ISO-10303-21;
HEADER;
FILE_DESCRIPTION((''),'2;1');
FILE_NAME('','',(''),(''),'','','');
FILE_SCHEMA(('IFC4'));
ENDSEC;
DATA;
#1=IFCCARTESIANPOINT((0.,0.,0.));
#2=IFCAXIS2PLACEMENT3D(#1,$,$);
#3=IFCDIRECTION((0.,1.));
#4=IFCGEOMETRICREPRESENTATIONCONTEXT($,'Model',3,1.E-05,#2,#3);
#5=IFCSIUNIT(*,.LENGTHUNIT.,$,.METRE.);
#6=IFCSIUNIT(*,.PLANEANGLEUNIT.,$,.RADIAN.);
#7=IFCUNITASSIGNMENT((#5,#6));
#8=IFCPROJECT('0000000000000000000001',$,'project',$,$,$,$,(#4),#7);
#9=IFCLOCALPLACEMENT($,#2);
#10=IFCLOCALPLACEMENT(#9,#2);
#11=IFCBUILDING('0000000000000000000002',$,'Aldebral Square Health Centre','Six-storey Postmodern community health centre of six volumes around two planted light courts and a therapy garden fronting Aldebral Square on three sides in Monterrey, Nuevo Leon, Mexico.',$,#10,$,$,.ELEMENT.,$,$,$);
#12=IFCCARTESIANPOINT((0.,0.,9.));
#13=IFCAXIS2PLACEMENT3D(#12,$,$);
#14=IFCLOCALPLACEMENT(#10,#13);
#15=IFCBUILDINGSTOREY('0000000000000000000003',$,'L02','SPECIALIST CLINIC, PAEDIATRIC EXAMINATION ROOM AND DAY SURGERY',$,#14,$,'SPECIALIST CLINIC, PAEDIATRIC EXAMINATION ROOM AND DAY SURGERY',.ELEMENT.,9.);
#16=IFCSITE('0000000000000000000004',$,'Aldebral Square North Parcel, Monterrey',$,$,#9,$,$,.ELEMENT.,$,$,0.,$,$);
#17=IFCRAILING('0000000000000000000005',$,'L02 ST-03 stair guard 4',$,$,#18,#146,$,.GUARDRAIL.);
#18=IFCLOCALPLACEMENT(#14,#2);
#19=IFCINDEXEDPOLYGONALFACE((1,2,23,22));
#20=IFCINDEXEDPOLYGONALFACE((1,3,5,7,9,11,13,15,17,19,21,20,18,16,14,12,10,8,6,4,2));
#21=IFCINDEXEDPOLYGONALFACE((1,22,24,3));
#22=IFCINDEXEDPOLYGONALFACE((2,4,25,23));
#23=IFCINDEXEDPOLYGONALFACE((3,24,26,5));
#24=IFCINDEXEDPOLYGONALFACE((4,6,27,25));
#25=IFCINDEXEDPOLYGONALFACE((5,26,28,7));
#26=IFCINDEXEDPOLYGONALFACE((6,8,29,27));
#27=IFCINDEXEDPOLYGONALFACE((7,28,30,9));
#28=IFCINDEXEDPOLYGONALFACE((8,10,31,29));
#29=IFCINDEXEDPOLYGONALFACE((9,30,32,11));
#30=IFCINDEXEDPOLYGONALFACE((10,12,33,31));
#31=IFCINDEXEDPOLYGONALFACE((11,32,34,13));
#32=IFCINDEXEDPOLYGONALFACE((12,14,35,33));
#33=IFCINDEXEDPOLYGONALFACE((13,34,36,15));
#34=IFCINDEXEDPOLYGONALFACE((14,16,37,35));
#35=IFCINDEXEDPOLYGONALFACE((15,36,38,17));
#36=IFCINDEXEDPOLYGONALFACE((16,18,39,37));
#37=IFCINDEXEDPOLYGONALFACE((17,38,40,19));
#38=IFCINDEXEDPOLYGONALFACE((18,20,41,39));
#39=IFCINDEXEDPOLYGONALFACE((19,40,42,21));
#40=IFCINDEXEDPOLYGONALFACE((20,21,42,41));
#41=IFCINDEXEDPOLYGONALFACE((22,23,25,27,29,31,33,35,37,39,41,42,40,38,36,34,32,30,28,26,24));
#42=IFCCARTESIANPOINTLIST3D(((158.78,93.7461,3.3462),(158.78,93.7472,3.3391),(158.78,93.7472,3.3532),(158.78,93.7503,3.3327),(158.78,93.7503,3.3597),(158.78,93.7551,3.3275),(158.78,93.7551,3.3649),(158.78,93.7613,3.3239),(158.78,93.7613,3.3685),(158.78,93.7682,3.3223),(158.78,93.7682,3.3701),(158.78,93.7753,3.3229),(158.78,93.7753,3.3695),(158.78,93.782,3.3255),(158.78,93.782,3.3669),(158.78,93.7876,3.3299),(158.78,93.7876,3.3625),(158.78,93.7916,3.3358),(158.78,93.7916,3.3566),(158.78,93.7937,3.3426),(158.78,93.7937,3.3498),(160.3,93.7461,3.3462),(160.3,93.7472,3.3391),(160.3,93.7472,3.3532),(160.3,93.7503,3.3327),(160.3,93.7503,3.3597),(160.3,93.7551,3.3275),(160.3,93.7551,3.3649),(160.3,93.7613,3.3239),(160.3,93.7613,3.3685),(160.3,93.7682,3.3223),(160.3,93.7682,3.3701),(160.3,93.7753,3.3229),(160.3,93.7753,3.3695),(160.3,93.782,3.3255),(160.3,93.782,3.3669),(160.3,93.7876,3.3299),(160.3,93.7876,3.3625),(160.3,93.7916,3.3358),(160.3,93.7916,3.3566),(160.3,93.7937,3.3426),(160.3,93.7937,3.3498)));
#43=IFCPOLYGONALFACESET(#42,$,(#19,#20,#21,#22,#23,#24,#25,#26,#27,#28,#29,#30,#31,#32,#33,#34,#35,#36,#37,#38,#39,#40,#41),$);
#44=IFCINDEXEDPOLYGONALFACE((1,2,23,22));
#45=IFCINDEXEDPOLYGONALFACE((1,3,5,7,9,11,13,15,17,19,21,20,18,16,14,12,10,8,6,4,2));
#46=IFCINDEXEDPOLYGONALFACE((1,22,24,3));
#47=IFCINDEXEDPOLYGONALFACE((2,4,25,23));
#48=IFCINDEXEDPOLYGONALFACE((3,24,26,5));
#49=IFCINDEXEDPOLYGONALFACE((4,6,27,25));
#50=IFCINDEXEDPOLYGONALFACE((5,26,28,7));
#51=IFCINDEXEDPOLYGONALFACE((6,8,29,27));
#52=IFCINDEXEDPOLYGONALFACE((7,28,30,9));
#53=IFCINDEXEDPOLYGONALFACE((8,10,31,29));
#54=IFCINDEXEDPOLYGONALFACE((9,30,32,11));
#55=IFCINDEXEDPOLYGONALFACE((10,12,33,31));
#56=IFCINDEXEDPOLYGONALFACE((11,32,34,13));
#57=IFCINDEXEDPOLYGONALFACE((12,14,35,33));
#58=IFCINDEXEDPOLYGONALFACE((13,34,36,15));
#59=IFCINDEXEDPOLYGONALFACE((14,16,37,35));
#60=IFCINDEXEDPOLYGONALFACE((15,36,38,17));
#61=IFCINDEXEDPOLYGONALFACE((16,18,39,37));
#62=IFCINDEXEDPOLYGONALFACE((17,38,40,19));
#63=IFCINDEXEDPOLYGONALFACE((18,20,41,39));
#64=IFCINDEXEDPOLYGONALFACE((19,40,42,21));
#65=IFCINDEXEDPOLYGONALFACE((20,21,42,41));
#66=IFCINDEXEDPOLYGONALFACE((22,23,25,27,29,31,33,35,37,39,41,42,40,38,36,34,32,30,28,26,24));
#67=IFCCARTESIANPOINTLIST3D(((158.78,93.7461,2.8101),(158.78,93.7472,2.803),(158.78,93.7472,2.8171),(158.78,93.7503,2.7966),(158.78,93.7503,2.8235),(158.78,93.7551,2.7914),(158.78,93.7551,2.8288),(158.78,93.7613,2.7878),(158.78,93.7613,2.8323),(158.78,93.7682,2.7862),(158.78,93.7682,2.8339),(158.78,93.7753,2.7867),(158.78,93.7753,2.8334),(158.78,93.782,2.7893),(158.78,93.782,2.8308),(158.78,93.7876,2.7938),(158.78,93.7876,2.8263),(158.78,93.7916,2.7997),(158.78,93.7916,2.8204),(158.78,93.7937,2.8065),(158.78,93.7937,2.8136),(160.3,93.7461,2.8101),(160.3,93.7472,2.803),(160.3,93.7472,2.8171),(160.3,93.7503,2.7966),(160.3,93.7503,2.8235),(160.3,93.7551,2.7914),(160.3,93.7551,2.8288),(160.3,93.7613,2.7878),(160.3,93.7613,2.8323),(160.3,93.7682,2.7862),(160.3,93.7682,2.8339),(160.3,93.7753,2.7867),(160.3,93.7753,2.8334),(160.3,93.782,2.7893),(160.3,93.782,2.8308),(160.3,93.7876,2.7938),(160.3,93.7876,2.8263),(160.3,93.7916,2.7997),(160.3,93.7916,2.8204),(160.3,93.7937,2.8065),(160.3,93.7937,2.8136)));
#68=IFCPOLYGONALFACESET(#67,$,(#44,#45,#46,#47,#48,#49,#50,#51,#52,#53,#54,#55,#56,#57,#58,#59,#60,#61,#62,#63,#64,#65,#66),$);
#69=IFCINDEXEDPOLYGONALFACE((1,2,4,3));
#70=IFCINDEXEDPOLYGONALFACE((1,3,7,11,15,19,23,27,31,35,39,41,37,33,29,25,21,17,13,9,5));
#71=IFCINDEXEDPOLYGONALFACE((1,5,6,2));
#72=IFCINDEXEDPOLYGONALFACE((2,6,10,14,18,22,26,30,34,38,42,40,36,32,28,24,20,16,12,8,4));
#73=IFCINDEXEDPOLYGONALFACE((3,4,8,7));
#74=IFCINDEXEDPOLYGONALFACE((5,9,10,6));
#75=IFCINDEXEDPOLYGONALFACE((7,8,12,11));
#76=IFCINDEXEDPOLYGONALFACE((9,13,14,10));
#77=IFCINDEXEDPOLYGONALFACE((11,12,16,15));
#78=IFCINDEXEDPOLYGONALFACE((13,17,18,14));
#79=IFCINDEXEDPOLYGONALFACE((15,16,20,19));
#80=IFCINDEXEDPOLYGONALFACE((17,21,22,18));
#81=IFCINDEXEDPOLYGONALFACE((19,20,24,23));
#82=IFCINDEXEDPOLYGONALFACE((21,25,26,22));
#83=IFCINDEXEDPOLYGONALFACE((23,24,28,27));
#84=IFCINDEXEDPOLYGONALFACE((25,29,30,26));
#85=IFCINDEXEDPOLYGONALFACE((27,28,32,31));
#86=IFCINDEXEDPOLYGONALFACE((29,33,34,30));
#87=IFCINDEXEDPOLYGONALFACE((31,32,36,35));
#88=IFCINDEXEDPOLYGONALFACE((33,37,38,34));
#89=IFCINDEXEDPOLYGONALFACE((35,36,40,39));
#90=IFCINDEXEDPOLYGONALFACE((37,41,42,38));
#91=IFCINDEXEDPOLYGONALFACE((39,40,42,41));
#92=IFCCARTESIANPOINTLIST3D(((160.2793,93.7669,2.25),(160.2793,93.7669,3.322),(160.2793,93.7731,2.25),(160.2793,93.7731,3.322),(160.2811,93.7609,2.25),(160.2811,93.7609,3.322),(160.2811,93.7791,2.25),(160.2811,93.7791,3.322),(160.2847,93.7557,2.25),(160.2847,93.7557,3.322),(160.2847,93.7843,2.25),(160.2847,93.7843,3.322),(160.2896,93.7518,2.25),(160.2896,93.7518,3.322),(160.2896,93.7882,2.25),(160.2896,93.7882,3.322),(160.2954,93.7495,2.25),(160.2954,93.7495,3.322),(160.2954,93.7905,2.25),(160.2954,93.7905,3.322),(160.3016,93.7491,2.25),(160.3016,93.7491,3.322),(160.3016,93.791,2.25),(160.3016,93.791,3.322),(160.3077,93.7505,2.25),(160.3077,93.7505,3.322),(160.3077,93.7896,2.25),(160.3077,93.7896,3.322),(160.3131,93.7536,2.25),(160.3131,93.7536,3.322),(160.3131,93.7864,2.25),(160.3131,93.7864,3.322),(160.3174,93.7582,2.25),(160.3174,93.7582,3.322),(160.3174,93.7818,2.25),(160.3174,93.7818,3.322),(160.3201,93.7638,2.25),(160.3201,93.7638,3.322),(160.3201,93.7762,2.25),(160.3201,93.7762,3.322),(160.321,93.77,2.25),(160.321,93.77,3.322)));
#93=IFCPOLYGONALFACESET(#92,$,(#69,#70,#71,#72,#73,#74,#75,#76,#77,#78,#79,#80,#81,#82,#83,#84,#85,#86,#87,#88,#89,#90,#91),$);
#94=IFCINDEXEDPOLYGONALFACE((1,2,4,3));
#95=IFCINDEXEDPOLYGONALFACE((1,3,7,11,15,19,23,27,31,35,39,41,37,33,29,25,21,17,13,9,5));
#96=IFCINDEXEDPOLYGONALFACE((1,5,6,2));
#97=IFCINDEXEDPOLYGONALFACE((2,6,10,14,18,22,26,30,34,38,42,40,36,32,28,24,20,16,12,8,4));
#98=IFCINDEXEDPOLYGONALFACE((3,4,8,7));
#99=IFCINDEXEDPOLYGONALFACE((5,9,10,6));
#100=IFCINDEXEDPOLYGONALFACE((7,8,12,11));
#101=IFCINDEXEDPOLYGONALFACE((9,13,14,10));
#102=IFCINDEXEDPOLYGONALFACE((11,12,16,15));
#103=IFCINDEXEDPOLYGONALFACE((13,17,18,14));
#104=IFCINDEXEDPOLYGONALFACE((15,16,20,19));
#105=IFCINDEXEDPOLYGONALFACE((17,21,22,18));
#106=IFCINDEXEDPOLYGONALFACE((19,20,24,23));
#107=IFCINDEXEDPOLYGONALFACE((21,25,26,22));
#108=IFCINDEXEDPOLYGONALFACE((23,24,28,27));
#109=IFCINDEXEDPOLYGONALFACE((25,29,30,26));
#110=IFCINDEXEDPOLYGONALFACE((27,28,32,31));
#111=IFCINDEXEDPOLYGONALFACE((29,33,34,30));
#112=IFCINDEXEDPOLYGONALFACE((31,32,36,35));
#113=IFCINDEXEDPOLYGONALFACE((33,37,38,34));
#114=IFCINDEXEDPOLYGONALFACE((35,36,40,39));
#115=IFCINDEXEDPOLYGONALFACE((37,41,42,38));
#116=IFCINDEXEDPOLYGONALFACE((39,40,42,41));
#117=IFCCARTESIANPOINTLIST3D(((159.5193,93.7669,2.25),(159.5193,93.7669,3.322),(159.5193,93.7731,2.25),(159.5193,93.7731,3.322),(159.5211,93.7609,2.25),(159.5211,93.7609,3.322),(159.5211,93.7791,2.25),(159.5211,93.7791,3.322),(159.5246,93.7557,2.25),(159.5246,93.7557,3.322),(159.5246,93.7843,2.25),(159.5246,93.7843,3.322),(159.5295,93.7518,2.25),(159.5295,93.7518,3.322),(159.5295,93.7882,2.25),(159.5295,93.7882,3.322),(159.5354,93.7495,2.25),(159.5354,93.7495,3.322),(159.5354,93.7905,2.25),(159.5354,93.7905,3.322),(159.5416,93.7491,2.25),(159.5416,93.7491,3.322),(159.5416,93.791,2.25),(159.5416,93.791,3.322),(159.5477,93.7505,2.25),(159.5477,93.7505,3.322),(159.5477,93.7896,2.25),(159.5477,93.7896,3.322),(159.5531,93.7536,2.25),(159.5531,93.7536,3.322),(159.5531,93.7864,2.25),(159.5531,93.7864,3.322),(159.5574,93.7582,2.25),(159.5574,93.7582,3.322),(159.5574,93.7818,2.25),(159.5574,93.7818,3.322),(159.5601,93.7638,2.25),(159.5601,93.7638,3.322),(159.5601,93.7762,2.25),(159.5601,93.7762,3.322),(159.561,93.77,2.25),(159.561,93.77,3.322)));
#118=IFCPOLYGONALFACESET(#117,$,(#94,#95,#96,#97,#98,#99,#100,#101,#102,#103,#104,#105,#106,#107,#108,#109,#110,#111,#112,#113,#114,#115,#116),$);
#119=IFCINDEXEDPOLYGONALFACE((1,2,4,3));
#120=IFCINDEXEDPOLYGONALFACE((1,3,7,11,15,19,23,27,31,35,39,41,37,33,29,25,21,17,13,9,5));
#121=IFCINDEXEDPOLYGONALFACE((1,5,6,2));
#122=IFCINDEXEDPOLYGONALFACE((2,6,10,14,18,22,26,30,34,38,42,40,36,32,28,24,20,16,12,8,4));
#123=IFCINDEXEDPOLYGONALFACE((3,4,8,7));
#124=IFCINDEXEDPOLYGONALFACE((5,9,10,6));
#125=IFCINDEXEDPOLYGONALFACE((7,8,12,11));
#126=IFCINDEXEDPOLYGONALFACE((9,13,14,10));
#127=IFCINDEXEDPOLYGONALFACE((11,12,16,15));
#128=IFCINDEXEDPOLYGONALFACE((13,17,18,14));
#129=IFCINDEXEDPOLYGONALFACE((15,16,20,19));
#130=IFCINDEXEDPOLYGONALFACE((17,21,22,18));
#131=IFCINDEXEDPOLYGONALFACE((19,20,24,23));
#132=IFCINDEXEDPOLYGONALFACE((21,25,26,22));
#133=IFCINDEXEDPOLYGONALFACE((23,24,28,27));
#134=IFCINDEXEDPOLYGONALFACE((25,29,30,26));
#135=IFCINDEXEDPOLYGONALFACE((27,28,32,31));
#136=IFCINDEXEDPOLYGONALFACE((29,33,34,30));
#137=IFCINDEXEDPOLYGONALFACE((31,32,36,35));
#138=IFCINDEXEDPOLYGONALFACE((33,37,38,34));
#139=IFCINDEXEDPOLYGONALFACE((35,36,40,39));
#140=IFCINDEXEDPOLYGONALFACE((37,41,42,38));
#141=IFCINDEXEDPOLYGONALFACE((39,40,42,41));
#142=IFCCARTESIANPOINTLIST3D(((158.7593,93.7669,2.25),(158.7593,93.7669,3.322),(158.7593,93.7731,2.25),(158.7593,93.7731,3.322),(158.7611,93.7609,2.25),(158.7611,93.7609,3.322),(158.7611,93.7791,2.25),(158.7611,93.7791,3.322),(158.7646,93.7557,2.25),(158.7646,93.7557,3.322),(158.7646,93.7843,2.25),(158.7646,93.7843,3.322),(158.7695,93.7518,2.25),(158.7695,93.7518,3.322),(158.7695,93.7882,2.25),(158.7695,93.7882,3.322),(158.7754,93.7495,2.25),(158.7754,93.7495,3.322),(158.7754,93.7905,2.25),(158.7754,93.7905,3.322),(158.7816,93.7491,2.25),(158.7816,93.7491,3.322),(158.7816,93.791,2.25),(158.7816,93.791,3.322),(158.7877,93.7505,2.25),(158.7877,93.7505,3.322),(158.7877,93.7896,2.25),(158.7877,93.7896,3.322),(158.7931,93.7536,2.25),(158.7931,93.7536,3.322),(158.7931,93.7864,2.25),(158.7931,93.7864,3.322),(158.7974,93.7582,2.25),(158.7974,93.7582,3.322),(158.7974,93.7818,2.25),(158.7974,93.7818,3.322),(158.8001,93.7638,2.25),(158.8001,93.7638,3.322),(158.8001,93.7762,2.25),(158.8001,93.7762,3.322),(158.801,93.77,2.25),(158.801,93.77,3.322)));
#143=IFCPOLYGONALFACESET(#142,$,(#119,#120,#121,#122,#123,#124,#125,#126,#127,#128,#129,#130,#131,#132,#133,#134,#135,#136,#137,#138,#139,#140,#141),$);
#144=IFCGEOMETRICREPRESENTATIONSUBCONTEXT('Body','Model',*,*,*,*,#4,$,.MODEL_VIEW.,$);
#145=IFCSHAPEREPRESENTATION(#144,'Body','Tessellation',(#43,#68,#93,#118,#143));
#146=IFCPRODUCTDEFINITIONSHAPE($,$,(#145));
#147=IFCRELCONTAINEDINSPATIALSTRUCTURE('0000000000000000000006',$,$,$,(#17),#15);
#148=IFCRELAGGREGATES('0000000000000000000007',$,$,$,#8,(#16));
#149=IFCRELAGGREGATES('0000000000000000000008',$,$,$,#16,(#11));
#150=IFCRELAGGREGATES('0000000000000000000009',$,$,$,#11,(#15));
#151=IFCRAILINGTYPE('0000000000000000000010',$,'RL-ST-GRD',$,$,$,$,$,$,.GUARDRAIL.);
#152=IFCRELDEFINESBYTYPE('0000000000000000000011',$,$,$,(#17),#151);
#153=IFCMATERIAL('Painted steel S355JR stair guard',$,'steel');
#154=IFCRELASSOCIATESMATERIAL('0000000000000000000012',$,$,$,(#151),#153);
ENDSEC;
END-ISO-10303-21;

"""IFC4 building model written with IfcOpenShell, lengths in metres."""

from ifc_helpers import new_model, si_unit, direction, frame, origin, origin_2d, place, context, subcontext, project, spatial, circle, extrude, material, type_object, element, save


model = new_model("IFC4")

# Units and contexts
model_context = context("Model", 3, precision=1e-05, world=origin(), true_north=direction((0.0, 1.0)))
body_context = subcontext(model_context, "Body", "Model", "MODEL_VIEW")
ifc_project = project(units=[si_unit("LENGTHUNIT", "METRE"), si_unit("PLANEANGLEUNIT", "RADIAN")], contexts=[model_context])

# Site, building, storey
site_placement = place(None, origin())
site = spatial("IfcSite", under=ifc_project, at=site_placement, Name="Aldebral Square North Parcel, Monterrey", CompositionType="ELEMENT", RefElevation=0.0)
building_placement = place(site_placement, origin())
building = spatial("IfcBuilding", under=site, at=building_placement, Name="Aldebral Square Health Centre", Description="Six-storey Postmodern community health centre of six volumes around two planted light courts and a therapy garden fronting Aldebral Square on three sides in Monterrey, Nuevo Leon, Mexico.", CompositionType="ELEMENT")
storey_placement = place(building_placement, frame((0.0, 0.0, 9.0)))
storey = spatial("IfcBuildingStorey", under=building, at=storey_placement, Name="L02", Description="SPECIALIST CLINIC, PAEDIATRIC EXAMINATION ROOM AND DAY SURGERY", LongName="SPECIALIST CLINIC, PAEDIATRIC EXAMINATION ROOM AND DAY SURGERY", CompositionType="ELEMENT", Elevation=9.0)

# Railing
ifc_material_1 = material(Name="Painted steel S355JR stair guard", Category="steel")
railing_type = type_object("IfcRailingType", Name="RL-ST-GRD", PredefinedType="GUARDRAIL", material=ifc_material_1)
railing_1_placement = place(storey_placement, frame((160.3, 93.77, 2.25)))
element("IfcRailing", 1, at=railing_1_placement, inside=storey, type_object=railing_type, Name="L02 ST-03 stair guard 4", PredefinedType="GUARDRAIL", context=body_context, shape_type="SweptSolid", body=[
    extrude(circle(Radius=0.0239, at=origin_2d()), frame((0.0, 0.0, 1.0962), z_axis=(-1.0, 0.0, 0.0), x_axis=(0.0, -1.0, 0.0)), (0.0, 0.0, 1.0), 1.52),
    extrude(circle(Radius=0.0239, at=origin_2d()), frame((0.0, 0.0, 0.5601), z_axis=(-1.0, 0.0, 0.0), x_axis=(0.0, -1.0, 0.0)), (0.0, 0.0, 1.0), 1.52),
    extrude(circle(Radius=0.021, at=origin_2d()), origin(), (0.0, 0.0, 1.0), 1.072),
    extrude(circle(Radius=0.021, at=origin_2d()), frame((-0.76, 0.0, 0.0)), (0.0, 0.0, 1.0), 1.072),
    extrude(circle(Radius=0.021, at=origin_2d()), frame((-1.52, 0.0, 0.0)), (0.0, 0.0, 1.0), 1.072),
])

save(model, "model.ifc")
